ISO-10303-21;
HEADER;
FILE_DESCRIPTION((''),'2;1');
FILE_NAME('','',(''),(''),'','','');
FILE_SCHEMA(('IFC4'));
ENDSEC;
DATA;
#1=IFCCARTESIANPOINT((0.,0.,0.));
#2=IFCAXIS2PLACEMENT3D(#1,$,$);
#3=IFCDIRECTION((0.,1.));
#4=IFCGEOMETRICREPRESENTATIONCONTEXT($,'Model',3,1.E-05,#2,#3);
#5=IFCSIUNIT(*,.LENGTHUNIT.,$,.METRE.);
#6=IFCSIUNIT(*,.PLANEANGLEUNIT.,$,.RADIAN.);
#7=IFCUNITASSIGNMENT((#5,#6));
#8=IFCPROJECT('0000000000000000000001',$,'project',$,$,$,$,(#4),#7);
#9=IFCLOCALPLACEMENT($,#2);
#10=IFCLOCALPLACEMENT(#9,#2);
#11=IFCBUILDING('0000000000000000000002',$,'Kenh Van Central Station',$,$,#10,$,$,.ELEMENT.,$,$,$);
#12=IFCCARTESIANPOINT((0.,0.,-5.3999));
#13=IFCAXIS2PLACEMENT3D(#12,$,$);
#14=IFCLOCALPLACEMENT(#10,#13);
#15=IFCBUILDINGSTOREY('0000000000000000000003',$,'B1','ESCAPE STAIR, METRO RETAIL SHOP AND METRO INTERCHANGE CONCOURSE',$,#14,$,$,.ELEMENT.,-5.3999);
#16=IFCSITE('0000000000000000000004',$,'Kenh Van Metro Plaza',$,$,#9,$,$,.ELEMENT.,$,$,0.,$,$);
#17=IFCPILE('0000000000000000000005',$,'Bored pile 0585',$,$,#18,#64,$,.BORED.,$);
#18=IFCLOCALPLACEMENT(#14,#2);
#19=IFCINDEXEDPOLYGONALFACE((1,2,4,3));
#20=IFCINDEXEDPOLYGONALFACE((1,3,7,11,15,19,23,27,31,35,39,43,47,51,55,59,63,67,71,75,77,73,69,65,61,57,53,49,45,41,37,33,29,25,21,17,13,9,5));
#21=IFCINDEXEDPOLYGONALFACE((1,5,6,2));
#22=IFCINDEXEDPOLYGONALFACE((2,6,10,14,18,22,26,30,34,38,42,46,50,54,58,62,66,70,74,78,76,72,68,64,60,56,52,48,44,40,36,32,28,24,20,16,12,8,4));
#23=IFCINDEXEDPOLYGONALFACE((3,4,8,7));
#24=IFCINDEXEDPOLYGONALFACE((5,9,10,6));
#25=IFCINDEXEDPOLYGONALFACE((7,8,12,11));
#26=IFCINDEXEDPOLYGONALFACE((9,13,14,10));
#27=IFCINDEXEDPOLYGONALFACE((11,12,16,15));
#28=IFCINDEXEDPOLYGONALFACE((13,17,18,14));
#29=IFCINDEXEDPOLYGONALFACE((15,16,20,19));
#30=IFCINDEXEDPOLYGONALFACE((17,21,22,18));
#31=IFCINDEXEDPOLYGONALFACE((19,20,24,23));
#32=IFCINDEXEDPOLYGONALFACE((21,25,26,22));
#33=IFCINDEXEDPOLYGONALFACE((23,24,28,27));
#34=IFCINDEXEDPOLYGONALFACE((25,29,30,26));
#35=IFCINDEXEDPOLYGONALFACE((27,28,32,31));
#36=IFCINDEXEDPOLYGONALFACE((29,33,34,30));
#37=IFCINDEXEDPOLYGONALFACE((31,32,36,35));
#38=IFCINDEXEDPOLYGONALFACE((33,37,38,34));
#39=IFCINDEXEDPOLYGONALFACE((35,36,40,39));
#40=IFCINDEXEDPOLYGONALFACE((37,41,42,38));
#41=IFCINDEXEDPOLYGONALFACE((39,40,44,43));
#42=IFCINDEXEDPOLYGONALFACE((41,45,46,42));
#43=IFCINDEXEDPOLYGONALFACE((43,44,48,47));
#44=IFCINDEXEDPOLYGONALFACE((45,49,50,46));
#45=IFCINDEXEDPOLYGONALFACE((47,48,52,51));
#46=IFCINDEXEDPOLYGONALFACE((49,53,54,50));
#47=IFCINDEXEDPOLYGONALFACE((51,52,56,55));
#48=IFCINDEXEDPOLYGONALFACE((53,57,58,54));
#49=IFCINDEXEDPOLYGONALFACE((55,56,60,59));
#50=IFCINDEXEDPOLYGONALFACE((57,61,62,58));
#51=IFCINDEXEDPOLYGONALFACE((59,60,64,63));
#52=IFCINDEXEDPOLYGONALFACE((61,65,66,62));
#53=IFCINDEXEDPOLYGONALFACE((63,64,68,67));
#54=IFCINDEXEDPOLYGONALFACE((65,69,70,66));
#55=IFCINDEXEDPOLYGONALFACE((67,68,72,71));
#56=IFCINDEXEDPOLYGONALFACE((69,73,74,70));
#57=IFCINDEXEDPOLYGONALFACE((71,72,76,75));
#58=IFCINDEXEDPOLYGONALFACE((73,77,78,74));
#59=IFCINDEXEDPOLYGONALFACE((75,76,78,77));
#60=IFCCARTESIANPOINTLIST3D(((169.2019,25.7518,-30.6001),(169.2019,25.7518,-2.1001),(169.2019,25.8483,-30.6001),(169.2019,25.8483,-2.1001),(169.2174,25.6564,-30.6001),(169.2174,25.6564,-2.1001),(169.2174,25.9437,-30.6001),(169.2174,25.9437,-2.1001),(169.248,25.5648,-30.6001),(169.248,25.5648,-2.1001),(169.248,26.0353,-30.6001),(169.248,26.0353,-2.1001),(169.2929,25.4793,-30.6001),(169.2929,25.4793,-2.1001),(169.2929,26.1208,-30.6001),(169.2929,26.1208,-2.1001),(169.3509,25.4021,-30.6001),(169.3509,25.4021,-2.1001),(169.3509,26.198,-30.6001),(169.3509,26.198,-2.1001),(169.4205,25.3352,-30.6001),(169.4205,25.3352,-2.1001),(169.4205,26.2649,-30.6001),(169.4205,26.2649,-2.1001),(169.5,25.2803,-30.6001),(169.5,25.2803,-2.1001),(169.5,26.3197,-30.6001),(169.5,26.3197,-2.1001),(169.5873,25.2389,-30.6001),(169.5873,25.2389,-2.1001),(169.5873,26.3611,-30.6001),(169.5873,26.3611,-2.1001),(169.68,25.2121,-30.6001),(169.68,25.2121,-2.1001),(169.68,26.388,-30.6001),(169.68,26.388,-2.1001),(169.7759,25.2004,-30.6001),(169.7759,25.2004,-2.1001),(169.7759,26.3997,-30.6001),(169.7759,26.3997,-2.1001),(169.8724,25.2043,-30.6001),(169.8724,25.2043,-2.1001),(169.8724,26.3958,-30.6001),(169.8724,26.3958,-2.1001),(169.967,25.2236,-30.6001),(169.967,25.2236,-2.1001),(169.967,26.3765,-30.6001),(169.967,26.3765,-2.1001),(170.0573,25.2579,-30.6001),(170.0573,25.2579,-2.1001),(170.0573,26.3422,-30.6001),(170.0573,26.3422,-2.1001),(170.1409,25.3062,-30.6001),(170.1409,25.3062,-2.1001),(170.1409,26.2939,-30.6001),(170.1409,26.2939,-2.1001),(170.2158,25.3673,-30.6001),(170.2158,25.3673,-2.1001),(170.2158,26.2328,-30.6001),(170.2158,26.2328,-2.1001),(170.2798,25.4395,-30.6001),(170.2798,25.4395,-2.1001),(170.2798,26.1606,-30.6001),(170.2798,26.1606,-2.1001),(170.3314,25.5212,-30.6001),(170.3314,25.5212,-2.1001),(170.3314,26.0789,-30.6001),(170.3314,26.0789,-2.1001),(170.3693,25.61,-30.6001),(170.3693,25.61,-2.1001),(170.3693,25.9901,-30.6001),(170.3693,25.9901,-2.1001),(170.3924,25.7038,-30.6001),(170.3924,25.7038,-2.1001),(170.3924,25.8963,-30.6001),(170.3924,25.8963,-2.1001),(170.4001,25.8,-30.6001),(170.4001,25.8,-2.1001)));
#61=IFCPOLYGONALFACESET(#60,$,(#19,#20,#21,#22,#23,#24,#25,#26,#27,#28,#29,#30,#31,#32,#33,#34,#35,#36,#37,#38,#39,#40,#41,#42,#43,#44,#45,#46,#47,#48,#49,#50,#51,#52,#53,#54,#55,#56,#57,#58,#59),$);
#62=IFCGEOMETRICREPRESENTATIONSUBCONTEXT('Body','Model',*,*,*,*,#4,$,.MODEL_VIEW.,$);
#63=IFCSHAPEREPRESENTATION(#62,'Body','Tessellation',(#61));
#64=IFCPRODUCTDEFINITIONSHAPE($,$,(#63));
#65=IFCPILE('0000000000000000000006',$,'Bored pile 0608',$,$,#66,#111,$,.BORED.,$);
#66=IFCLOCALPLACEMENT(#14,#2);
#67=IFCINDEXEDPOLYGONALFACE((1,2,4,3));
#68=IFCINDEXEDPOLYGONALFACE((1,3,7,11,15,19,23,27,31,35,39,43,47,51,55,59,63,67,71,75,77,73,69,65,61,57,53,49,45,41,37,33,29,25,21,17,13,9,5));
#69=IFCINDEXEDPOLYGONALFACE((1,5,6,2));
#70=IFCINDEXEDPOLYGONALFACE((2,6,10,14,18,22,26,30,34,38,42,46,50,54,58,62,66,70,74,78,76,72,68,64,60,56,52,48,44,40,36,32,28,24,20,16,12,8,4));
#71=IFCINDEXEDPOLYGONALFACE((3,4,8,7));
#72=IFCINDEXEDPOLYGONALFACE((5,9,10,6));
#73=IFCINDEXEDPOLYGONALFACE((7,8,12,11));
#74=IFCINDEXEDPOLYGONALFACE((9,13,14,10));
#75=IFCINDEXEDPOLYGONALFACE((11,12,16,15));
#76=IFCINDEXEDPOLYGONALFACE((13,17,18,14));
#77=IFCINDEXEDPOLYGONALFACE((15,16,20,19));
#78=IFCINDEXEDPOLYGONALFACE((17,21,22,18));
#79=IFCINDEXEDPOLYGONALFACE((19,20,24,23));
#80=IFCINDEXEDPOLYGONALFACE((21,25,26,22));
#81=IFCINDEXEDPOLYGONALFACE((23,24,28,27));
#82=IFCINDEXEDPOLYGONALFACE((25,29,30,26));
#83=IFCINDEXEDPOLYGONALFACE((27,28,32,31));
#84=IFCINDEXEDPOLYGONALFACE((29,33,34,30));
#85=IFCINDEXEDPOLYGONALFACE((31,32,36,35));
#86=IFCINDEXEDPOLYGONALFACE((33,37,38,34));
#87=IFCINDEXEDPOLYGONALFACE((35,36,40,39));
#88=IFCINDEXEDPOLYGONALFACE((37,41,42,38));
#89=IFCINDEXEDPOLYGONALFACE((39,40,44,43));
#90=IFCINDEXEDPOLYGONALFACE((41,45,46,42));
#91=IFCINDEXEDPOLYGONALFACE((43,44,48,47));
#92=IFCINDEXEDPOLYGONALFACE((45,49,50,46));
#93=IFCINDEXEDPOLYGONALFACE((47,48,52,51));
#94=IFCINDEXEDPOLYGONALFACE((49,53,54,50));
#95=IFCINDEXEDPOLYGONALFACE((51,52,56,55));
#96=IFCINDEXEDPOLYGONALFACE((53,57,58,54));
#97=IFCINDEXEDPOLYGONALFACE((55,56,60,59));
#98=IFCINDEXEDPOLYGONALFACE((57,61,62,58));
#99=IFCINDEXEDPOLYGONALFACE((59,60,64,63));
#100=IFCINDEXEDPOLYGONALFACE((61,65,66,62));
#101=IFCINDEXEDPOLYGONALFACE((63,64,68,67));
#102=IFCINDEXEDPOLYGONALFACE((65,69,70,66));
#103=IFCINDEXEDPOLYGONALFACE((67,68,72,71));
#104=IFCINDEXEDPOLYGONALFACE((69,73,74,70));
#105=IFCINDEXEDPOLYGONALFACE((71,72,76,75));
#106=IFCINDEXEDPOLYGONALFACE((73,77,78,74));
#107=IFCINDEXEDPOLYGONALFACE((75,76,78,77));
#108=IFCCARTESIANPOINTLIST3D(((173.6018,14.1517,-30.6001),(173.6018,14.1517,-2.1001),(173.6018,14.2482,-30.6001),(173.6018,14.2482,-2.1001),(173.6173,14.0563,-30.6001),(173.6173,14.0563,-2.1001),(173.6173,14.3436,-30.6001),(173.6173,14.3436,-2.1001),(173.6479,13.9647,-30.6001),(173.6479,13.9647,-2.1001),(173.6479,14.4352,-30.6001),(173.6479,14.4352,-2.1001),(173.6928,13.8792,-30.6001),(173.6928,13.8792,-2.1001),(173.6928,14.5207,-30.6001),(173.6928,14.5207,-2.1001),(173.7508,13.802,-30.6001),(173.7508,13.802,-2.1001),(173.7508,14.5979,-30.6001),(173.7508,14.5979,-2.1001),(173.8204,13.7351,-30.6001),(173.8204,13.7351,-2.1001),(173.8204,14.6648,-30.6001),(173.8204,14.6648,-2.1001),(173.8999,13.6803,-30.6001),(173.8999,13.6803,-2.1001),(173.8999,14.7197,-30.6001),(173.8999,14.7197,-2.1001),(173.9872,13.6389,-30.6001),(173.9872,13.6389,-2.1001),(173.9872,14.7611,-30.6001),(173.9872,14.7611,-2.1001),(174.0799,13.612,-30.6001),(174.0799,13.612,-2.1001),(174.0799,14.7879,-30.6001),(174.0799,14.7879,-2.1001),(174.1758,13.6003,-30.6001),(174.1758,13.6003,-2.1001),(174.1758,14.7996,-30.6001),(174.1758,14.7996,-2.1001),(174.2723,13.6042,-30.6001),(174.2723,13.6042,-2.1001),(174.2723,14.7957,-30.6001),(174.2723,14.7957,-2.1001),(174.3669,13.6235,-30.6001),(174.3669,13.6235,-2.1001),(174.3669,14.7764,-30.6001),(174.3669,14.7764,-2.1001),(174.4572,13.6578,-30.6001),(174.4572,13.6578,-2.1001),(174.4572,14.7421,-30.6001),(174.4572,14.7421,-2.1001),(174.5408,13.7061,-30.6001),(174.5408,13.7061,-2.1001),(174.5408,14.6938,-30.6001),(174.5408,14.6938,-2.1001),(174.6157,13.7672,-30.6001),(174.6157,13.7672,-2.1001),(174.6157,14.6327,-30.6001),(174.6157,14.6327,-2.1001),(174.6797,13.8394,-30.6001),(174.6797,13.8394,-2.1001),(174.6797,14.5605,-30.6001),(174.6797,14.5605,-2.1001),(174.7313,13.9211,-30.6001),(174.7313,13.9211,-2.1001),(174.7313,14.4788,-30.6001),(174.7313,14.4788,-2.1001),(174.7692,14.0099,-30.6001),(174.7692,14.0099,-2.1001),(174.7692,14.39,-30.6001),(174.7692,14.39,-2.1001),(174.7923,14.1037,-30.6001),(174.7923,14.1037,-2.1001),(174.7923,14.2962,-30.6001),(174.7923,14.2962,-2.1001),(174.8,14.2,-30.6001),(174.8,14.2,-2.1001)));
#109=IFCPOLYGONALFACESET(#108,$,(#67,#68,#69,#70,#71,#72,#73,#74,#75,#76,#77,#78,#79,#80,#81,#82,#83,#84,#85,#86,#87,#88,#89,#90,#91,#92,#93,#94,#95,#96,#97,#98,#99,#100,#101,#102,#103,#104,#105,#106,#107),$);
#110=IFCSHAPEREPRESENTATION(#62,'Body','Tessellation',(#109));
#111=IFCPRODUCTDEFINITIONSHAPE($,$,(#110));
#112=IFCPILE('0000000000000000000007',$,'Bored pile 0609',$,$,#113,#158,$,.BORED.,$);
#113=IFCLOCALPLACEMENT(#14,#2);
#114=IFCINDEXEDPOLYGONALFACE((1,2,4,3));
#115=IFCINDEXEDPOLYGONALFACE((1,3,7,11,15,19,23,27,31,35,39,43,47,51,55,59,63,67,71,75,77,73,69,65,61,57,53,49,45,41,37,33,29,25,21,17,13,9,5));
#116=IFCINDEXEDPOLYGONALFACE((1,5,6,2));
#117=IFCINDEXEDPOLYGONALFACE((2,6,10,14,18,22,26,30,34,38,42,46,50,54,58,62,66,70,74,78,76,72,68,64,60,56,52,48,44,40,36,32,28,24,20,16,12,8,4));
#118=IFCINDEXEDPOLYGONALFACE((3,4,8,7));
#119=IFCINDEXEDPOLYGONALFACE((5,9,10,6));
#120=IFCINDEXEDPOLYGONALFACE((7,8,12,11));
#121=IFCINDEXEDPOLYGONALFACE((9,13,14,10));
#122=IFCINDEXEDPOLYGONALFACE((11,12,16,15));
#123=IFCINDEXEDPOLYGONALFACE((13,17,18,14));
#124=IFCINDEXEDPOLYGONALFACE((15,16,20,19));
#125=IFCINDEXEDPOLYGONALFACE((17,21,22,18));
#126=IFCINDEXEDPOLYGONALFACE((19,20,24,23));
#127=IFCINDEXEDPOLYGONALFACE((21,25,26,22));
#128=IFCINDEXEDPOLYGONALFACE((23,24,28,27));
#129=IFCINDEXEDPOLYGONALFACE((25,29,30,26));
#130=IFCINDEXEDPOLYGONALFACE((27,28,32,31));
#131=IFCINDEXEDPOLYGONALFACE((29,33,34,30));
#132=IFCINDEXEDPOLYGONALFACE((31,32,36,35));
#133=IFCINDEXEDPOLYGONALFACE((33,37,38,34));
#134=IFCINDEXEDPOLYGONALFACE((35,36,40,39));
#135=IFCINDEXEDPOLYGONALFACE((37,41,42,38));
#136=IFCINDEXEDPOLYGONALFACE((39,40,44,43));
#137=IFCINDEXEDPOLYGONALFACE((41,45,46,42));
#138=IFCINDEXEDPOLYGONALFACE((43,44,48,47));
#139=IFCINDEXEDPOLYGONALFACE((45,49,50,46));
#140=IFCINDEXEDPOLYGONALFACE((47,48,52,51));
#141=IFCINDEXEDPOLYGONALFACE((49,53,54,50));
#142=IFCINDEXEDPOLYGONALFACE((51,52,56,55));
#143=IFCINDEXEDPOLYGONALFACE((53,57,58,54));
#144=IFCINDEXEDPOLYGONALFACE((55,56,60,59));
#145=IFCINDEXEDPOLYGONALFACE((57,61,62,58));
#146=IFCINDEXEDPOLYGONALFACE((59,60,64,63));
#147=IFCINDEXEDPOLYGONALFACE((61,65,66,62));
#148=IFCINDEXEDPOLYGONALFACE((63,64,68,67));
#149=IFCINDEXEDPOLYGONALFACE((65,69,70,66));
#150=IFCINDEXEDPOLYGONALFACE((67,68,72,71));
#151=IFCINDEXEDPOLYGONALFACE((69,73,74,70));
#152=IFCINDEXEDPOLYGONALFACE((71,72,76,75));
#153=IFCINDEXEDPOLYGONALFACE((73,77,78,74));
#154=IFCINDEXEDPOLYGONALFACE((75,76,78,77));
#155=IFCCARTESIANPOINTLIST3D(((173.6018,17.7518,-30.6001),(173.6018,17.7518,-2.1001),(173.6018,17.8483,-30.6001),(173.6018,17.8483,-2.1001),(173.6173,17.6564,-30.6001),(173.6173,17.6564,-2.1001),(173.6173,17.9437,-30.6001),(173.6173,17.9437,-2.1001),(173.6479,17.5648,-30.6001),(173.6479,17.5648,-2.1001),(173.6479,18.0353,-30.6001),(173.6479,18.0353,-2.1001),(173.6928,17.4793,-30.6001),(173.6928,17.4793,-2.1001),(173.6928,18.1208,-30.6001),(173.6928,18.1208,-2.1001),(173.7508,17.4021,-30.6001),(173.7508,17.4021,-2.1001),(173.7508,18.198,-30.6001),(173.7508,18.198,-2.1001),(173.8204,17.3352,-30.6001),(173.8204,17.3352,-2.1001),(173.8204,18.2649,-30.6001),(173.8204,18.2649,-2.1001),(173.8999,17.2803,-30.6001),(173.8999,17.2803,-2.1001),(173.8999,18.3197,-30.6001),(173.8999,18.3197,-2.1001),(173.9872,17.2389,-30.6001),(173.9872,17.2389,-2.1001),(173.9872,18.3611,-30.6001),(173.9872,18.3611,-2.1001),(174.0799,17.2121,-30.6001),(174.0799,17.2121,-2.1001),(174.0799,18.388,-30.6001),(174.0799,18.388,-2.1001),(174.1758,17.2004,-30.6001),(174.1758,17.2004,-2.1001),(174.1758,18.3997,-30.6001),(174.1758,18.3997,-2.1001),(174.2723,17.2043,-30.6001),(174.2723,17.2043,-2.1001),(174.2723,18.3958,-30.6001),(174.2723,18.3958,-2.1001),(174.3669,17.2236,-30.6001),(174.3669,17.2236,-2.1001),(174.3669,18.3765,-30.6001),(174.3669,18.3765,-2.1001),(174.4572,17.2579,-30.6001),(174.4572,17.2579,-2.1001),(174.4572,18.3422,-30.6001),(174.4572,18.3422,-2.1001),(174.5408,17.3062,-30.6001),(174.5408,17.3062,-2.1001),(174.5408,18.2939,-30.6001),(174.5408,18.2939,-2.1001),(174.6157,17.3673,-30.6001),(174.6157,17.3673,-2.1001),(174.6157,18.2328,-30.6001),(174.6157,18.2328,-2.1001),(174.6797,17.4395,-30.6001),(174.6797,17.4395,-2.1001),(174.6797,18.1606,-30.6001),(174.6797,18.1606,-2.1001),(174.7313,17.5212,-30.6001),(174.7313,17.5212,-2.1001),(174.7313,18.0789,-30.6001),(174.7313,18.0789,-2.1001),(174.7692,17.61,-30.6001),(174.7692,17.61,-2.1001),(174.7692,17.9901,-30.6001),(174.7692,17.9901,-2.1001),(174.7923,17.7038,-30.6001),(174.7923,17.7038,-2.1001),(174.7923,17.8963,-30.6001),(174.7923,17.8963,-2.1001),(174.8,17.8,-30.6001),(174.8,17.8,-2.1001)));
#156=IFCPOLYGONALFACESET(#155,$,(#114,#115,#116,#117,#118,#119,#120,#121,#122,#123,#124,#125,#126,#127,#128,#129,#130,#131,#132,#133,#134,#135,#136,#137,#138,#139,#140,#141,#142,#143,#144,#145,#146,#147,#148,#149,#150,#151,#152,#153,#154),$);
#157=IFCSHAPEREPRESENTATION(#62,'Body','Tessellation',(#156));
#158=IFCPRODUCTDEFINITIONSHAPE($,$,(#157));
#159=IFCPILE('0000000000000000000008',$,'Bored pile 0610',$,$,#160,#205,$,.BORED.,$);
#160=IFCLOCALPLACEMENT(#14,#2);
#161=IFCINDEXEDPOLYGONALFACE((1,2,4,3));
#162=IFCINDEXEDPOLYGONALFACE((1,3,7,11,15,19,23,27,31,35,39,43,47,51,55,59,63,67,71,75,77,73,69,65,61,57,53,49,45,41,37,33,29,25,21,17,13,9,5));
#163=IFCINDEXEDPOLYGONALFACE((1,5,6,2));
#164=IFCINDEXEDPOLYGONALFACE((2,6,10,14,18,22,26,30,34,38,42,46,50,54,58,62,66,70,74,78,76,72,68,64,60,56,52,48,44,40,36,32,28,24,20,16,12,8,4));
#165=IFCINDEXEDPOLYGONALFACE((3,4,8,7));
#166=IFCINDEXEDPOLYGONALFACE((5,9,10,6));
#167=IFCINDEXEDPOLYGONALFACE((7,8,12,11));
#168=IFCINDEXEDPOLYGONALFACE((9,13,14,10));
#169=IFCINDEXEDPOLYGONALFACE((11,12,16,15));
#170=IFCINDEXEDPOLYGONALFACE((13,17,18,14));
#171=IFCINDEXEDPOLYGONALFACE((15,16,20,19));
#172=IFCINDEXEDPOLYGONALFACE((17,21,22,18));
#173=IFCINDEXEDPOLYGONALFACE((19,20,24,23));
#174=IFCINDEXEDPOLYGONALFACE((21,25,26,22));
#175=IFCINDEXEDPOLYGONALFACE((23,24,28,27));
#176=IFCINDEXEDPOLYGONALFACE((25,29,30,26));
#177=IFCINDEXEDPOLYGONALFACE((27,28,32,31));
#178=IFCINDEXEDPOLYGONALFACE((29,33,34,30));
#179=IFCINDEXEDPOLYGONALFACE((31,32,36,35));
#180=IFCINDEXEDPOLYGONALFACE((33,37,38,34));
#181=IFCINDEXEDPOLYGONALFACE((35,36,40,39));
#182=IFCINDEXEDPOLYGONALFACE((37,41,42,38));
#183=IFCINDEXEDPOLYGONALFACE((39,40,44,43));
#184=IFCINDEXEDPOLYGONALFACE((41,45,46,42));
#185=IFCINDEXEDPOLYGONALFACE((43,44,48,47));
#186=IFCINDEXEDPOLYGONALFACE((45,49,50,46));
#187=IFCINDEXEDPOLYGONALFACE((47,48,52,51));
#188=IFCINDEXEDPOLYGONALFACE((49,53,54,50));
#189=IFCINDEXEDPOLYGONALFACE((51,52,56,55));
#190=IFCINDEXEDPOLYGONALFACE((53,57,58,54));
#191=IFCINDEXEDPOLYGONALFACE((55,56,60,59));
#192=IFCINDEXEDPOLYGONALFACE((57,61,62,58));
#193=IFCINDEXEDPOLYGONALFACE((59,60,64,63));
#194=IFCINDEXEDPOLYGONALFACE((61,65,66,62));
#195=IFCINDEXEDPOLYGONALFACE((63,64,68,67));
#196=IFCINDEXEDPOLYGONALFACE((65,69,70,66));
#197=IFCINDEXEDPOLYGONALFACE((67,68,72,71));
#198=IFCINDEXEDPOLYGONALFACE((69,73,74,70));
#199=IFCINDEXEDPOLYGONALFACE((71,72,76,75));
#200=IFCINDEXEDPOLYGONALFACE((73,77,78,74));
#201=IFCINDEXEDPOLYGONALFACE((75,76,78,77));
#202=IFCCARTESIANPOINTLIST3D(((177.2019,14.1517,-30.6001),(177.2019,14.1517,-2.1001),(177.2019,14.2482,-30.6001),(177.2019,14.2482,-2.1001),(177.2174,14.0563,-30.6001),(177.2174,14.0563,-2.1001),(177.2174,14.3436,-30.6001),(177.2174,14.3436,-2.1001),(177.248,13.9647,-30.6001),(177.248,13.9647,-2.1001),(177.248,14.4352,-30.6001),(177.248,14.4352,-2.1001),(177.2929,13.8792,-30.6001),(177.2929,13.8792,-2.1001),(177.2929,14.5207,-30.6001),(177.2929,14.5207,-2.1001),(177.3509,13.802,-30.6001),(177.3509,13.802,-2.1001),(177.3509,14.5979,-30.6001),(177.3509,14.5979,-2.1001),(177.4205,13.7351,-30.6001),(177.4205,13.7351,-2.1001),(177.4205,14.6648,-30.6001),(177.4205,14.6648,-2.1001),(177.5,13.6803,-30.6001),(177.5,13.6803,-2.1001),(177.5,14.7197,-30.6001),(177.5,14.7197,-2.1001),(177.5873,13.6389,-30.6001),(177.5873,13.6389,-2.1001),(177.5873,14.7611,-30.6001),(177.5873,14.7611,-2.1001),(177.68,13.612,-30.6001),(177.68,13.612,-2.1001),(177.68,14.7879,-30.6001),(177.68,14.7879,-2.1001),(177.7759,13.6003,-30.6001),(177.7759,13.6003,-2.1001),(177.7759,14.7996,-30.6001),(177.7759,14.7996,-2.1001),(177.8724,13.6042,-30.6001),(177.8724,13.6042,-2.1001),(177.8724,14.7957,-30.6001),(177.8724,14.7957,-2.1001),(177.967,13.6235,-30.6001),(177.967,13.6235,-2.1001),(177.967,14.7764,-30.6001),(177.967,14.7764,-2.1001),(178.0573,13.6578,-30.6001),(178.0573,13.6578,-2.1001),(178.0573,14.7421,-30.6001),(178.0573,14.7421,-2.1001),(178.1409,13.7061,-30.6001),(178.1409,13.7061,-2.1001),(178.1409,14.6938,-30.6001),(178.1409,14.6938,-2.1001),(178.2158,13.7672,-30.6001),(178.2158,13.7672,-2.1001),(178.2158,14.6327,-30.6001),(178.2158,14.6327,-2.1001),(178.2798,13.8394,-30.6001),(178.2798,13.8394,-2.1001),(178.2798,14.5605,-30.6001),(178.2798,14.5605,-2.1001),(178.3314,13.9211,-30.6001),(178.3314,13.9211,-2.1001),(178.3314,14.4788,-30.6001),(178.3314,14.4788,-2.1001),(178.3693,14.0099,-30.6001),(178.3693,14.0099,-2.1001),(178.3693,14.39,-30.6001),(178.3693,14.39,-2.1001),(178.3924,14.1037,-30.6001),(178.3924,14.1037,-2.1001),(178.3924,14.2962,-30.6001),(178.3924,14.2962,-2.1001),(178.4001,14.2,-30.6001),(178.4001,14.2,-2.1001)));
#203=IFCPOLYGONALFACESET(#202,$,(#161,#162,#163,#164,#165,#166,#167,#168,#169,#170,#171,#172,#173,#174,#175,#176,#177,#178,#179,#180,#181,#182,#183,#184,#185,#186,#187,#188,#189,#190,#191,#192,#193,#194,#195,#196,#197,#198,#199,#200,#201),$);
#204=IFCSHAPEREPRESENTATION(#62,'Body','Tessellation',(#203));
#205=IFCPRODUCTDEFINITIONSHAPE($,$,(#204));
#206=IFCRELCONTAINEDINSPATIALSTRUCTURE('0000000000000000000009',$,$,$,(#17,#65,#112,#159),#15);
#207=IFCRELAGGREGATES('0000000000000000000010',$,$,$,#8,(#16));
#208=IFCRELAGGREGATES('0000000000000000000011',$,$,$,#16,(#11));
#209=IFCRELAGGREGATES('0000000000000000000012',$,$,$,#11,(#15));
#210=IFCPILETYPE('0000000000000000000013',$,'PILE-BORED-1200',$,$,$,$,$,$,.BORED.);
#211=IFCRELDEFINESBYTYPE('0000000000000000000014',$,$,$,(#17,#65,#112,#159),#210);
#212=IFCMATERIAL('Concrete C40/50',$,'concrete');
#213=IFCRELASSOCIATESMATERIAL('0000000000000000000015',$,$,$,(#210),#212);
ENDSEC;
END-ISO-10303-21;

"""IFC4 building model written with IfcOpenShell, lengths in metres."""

from ifc_helpers import new_model, si_unit, direction, frame, origin, origin_2d, place, context, subcontext, project, spatial, circle, extrude, material, material_profile, profile_set, type_object, element, save


model = new_model("IFC4")

# Units and contexts
model_context = context("Model", 3, precision=1e-05, world=origin(), true_north=direction((0.0, 1.0)))
body_context = subcontext(model_context, "Body", "Model", "MODEL_VIEW")
ifc_project = project(units=[si_unit("LENGTHUNIT", "METRE"), si_unit("PLANEANGLEUNIT", "RADIAN")], contexts=[model_context])

# Site, building, storey
site_placement = place(None, origin())
site = spatial("IfcSite", under=ifc_project, at=site_placement, Name="Kenh Van Metro Plaza", CompositionType="ELEMENT", RefElevation=0.0)
building_placement = place(site_placement, origin())
building = spatial("IfcBuilding", under=site, at=building_placement, Name="Kenh Van Central Station", CompositionType="ELEMENT")
storey_placement = place(building_placement, frame((0.0, 0.0, -5.3999)))
storey = spatial("IfcBuildingStorey", under=building, at=storey_placement, Name="B1", Description="ESCAPE STAIR, METRO RETAIL SHOP AND METRO INTERCHANGE CONCOURSE", CompositionType="ELEMENT", Elevation=-5.3999)

# Shared definitions
ifc_material_1 = material(Name="Concrete C40/50", Category="concrete")

# Piles
ifc_material_profile_1 = material_profile(ifc_material_1, circle(Radius=0.6001, at=origin_2d()), Name="PILE D1200")
ifc_profile_set_1 = profile_set([ifc_material_profile_1], Name="Concrete C40/50")
pile_type_1 = type_object("IfcPileType", Name="PILE-BORED-1200", PredefinedType="BORED", material=ifc_profile_set_1)
for number, where, z_axis, x_axis, name in (
    (1, (169.8, 25.8, -2.1001), (0.0, 0.0, -1.0), (1.0, 0.0, 0.0), "Bored pile 0585"),
    (2, (174.2, 14.2, -2.1001), (0.0, 0.0, -1.0), (1.0, 0.0, 0.0), "Bored pile 0608"),
    (3, (174.2, 17.8, -2.1001), (0.0, 0.0, -1.0), (1.0, 0.0, 0.0), "Bored pile 0609"),
    (4, (177.8, 14.2, -2.1001), (0.0, 0.0, -1.0), (1.0, 0.0, 0.0), "Bored pile 0610"),
):
    element("IfcPile", number, at=place(storey_placement, frame(where, z_axis=z_axis, x_axis=x_axis)), inside=storey, type_object=pile_type_1, Name=name, PredefinedType="BORED", context=body_context, shape_type="SweptSolid", body=[
        extrude(circle(Radius=0.6001, at=origin_2d()), origin(), (0.0, 0.0, 1.0), 28.5),
    ])

save(model, "model.ifc")
